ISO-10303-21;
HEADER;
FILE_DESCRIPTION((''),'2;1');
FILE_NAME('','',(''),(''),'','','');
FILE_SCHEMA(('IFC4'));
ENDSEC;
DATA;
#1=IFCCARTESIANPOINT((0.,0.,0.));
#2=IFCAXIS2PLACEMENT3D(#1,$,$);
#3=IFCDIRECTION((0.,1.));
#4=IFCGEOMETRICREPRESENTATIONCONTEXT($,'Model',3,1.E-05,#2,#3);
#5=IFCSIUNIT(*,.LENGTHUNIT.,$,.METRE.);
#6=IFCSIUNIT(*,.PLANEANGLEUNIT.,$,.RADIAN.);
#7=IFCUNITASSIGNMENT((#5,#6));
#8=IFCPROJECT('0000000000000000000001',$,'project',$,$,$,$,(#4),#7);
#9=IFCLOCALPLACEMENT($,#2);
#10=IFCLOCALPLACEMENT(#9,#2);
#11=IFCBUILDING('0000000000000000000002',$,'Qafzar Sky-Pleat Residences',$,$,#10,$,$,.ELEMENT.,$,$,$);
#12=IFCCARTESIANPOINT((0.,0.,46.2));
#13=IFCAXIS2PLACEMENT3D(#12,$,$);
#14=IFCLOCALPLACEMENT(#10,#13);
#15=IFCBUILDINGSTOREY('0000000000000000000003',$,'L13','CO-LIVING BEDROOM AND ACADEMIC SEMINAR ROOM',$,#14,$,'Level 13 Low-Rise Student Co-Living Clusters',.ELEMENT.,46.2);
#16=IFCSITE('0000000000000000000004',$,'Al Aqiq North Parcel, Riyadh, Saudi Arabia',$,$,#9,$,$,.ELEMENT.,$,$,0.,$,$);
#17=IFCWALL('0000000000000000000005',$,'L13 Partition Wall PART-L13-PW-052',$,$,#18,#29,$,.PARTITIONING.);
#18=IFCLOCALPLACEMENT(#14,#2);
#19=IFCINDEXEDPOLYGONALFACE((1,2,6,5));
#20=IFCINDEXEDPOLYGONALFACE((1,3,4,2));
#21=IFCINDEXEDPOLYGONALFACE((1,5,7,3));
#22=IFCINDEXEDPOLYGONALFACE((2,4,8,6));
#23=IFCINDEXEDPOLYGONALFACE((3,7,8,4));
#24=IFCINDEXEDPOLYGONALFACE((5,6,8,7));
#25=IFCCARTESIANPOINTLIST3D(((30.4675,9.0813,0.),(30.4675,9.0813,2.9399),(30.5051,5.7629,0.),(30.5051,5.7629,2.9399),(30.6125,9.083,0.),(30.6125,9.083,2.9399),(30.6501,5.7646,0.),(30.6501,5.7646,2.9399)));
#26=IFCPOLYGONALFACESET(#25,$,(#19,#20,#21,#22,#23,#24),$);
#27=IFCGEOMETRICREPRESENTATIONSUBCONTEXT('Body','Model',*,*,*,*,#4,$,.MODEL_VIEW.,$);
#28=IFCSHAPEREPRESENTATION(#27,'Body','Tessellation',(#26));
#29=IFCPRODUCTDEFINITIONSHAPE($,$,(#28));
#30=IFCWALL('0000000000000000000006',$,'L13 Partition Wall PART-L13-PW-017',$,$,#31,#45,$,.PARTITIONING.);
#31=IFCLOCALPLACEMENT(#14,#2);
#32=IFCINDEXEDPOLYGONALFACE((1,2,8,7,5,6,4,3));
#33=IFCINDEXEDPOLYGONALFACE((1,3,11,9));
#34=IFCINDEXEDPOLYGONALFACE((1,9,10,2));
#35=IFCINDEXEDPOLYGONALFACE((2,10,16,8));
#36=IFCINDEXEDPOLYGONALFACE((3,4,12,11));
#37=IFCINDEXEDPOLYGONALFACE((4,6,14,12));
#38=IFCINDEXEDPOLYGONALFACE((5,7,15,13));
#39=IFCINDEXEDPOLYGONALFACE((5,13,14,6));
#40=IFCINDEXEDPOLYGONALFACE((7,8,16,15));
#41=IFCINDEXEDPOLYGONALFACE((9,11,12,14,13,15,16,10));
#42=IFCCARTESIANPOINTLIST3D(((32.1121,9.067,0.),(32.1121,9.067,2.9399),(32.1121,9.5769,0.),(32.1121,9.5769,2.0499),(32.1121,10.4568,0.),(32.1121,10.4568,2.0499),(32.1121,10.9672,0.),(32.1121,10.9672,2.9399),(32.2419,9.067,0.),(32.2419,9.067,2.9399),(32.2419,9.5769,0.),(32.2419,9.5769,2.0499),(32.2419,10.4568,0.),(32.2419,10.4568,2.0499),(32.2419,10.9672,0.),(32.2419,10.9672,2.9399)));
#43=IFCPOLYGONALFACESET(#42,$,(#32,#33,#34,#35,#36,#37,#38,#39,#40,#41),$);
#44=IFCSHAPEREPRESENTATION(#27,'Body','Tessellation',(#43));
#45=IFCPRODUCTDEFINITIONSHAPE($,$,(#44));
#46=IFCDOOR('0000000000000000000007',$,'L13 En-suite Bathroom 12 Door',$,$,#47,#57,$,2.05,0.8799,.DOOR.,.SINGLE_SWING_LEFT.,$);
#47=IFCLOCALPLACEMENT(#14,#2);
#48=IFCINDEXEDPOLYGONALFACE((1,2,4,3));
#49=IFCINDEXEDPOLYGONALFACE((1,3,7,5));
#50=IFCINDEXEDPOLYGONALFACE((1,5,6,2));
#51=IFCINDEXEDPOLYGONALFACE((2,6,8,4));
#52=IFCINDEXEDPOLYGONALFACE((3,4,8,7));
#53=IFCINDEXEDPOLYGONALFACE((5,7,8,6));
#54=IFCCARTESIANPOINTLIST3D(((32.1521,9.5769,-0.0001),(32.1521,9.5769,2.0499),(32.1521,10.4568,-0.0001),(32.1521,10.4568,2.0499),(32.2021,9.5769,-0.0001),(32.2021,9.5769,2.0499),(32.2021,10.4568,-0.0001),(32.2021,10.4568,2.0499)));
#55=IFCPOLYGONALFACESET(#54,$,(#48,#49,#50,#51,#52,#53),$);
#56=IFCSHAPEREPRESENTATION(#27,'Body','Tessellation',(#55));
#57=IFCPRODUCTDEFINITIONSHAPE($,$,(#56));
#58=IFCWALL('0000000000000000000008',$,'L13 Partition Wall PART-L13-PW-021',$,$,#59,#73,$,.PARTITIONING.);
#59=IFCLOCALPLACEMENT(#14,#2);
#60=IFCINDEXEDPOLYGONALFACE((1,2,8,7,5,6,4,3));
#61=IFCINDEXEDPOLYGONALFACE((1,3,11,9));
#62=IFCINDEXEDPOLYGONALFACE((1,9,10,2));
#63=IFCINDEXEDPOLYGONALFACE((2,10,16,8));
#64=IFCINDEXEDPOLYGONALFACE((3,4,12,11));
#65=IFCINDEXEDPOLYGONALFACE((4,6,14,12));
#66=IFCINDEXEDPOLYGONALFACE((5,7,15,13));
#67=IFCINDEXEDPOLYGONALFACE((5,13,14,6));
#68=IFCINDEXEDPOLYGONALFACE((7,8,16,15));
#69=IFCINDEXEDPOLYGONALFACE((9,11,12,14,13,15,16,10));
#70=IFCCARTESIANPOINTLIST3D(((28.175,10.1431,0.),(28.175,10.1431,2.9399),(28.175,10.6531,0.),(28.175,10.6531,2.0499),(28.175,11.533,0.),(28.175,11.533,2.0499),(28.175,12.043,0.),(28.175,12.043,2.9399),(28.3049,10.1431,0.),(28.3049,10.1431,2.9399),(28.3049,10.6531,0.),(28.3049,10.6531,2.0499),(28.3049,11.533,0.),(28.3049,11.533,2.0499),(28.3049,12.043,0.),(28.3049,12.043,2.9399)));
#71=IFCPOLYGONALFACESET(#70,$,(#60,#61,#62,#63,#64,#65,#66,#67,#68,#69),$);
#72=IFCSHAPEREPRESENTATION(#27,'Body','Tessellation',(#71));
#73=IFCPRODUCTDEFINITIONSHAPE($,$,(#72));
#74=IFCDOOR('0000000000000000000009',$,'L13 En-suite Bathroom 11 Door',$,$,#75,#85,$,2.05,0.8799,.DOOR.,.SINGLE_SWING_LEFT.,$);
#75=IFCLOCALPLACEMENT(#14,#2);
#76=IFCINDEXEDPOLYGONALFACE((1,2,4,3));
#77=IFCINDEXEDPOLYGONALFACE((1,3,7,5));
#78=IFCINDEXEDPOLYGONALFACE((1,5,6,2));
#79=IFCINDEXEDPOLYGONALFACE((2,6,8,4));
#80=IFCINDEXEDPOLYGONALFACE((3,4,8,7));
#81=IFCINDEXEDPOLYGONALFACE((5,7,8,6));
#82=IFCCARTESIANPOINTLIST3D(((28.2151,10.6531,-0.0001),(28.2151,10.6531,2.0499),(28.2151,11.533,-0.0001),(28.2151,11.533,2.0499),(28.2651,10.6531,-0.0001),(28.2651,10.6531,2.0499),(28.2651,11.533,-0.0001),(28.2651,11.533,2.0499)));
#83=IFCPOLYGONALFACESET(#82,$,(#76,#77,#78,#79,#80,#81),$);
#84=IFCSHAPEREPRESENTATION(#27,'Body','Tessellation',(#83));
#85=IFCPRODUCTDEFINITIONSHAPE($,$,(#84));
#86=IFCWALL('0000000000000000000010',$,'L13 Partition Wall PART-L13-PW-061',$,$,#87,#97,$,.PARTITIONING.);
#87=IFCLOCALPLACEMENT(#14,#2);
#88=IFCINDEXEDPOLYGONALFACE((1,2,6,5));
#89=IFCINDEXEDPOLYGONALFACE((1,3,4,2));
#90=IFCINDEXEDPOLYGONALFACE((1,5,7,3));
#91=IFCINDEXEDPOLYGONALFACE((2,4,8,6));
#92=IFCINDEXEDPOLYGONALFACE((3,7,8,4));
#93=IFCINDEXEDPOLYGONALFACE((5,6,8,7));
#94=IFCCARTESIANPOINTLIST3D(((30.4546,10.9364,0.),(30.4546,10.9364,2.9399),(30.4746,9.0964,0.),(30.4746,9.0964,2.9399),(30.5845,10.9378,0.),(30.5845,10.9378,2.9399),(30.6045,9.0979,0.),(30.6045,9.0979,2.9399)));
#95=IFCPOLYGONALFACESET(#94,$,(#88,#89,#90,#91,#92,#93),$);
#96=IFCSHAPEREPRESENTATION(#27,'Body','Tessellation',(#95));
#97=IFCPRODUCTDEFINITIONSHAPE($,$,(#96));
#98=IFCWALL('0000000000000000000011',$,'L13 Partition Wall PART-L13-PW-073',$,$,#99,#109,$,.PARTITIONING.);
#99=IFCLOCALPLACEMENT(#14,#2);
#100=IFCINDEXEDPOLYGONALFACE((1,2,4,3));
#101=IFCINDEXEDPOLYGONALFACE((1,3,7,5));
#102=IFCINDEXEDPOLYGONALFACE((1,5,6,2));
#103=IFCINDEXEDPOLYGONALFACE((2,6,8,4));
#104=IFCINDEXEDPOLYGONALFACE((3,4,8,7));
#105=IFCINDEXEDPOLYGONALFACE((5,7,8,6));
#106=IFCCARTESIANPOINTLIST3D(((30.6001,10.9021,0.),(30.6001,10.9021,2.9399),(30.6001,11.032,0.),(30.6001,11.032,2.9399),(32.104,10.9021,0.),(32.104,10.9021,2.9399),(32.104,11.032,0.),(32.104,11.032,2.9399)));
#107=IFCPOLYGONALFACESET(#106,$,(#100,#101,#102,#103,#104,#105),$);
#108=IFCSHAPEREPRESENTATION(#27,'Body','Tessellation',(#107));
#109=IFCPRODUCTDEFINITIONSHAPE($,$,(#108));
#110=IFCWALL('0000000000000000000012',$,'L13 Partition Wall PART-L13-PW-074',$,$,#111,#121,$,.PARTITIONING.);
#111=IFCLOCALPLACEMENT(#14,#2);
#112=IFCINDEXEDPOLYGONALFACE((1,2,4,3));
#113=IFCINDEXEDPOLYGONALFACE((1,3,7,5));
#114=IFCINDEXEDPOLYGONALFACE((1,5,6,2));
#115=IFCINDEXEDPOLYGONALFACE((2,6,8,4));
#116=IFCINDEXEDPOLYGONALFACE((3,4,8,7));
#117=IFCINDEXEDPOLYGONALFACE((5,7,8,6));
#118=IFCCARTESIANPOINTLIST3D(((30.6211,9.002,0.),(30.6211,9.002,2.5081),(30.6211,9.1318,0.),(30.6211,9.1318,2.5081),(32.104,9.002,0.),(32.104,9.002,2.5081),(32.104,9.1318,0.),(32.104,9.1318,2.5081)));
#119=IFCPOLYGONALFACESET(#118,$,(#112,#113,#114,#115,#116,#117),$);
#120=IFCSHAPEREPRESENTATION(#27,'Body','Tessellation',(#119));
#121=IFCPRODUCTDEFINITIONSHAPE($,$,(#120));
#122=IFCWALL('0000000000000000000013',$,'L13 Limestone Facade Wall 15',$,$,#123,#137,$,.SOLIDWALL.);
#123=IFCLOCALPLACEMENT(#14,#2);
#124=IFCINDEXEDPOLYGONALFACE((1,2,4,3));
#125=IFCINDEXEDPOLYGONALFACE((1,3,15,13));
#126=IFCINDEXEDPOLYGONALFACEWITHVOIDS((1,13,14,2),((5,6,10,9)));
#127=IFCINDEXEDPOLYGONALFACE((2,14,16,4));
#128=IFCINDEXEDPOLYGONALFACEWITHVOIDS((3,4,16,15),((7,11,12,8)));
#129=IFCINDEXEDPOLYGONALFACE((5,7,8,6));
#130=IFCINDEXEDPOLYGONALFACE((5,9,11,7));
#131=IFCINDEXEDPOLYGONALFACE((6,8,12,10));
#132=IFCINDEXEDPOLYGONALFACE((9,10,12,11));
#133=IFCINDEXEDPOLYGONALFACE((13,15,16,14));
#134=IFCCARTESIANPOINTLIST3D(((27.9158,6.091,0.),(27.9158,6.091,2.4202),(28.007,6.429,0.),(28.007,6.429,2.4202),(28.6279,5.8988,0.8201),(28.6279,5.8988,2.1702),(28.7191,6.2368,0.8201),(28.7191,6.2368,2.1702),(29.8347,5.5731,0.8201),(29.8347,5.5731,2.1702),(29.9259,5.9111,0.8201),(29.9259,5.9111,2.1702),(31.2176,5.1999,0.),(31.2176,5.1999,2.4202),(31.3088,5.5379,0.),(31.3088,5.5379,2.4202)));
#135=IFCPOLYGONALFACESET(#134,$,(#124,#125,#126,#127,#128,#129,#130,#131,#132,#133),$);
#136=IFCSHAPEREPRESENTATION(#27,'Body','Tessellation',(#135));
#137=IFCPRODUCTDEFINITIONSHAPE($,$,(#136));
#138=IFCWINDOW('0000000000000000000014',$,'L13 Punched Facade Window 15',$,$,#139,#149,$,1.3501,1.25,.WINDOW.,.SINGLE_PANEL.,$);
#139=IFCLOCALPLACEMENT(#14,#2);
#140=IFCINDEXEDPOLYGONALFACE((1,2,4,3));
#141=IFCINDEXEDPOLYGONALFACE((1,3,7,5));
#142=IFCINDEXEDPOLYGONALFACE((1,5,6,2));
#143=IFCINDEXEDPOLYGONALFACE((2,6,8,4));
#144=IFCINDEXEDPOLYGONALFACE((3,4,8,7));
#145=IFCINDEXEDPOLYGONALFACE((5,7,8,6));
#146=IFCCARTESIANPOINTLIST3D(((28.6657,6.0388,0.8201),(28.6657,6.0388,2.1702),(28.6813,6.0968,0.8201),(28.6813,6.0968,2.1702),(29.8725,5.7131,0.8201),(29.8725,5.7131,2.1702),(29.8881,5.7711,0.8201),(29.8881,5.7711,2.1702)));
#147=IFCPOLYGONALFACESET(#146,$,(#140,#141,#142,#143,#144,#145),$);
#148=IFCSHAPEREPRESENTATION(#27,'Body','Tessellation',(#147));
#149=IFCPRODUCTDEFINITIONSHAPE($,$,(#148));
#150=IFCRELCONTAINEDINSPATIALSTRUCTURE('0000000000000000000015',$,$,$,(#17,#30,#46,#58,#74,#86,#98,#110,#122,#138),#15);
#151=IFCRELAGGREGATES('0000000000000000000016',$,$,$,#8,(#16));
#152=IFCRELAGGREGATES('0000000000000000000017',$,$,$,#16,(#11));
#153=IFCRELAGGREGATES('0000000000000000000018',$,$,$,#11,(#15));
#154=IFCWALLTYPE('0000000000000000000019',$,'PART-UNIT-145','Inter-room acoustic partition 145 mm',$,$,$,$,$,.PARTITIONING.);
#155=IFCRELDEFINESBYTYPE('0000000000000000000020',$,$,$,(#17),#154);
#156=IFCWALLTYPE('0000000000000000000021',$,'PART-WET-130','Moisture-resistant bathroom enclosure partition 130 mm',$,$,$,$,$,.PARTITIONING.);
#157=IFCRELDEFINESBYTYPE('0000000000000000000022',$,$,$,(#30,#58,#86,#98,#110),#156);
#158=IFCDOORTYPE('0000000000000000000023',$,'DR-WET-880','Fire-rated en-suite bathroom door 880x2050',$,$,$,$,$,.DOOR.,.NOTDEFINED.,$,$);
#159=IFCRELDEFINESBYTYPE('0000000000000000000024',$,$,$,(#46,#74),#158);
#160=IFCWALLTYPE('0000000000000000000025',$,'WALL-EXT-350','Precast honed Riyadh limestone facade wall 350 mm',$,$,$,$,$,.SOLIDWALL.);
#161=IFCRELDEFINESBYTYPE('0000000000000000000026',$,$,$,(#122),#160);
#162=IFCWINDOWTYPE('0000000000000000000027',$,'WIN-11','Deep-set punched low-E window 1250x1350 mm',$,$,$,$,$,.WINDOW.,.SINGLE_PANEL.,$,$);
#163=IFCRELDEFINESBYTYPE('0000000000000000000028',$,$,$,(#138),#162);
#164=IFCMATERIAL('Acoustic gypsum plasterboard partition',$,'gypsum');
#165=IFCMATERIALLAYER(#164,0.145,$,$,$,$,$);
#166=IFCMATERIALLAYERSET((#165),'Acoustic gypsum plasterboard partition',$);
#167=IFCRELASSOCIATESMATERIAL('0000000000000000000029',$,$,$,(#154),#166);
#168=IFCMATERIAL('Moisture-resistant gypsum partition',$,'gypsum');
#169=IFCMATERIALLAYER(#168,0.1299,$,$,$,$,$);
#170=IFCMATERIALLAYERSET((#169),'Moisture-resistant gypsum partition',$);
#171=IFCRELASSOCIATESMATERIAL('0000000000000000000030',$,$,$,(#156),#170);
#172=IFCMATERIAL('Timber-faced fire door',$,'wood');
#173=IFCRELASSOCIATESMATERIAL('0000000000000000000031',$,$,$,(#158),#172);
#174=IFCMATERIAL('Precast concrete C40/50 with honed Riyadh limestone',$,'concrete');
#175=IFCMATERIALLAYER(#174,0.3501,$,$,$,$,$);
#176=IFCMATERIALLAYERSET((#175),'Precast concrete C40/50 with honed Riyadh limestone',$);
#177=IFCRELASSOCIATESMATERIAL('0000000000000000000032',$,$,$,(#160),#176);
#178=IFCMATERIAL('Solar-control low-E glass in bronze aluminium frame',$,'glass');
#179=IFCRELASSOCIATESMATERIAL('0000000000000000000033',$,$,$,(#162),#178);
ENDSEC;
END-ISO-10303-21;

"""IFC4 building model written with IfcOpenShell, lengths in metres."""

from ifc_helpers import new_model, si_unit, direction, frame, frame_2d, origin, place, context, subcontext, project, spatial, rectangle, extrude, source, transform, mapped, material, layer, layer_set, type_object, element, fill, save


model = new_model("IFC4")

# Units and contexts
model_context = context("Model", 3, precision=1e-05, world=origin(), true_north=direction((0.0, 1.0)))
body_context = subcontext(model_context, "Body", "Model", "MODEL_VIEW")
ifc_project = project(units=[si_unit("LENGTHUNIT", "METRE"), si_unit("PLANEANGLEUNIT", "RADIAN")], contexts=[model_context])

# Site, building, storey
site_placement = place(None, origin())
site = spatial("IfcSite", under=ifc_project, at=site_placement, Name="Al Aqiq North Parcel, Riyadh, Saudi Arabia", CompositionType="ELEMENT", RefElevation=0.0)
building_placement = place(site_placement, origin())
building = spatial("IfcBuilding", under=site, at=building_placement, Name="Qafzar Sky-Pleat Residences", CompositionType="ELEMENT")
storey_placement = place(building_placement, frame((0.0, 0.0, 46.2)))
storey = spatial("IfcBuildingStorey", under=building, at=storey_placement, Name="L13", Description="CO-LIVING BEDROOM AND ACADEMIC SEMINAR ROOM", LongName="Level 13 Low-Rise Student Co-Living Clusters", CompositionType="ELEMENT", Elevation=46.2)

# Shared definitions
ifc_material_1 = material(Name="Acoustic gypsum plasterboard partition", Category="gypsum")
ifc_material_2 = material(Name="Timber-faced fire door", Category="wood")

# Wall
ifc_layer_1 = layer(ifc_material_1, 0.145)
ifc_layer_set_1 = layer_set([ifc_layer_1], Name="Acoustic gypsum plasterboard partition")
wall_type_1 = type_object("IfcWallType", Name="PART-UNIT-145", Description="Inter-room acoustic partition 145 mm", PredefinedType="PARTITIONING", material=ifc_layer_set_1)
wall_1_placement = place(storey_placement, frame((30.54, 9.082, 0.0), z_axis=(0.0, 0.0, 1.0), x_axis=(0.011329, -0.999936, 0.0)))
element("IfcWall", 1, at=wall_1_placement, inside=storey, type_object=wall_type_1, Name="L13 Partition Wall PART-L13-PW-052", PredefinedType="PARTITIONING", context=body_context, shape_type="SweptSolid", body=[
    extrude(rectangle(XDim=3.3186, YDim=0.145, at=frame_2d((1.6592, 0.0))), origin(), (0.0, 0.0, 1.0), 2.9399),
])

# Walls, openings, doors
ifc_material_3 = material(Name="Moisture-resistant gypsum partition", Category="gypsum")
ifc_layer_2 = layer(ifc_material_3, 0.1299)
ifc_layer_set_2 = layer_set([ifc_layer_2], Name="Moisture-resistant gypsum partition")
wall_type_2 = type_object("IfcWallType", Name="PART-WET-130", Description="Moisture-resistant bathroom enclosure partition 130 mm", PredefinedType="PARTITIONING", material=ifc_layer_set_2)
wall_2_placement = place(storey_placement, frame((32.177, 9.0669, 0.0), z_axis=(0.0, 0.0, 1.0), x_axis=(0.0, 1.0, 0.0)))
wall_2 = element("IfcWall", 2, at=wall_2_placement, inside=storey, type_object=wall_type_2, Name="L13 Partition Wall PART-L13-PW-017", PredefinedType="PARTITIONING", context=body_context, shape_type="SweptSolid", body=[
    extrude(rectangle(XDim=1.9001, YDim=0.1299, at=frame_2d((0.9502, 0.0))), origin(), (0.0, 0.0, 1.0), 2.9399),
])
opening_1_placement = place(wall_2_placement, frame((0.51, 0.0, 0.0)))
opening_1 = element("IfcOpeningElement", 3, at=opening_1_placement, cuts=wall_2, PredefinedType="OPENING", context=body_context, shape_type="SweptSolid", body=[
    extrude(rectangle(XDim=0.8799, YDim=2.05, at=frame_2d((0.4399, 1.0249))), frame((0.0, 0.075, 0.0), z_axis=(0.0, -1.0, 0.0), x_axis=(1.0, 0.0, 0.0)), (0.0, 0.0, 1.0), 0.1499),
])
door_type_1 = type_object("IfcDoorType", Name="DR-WET-880", Description="Fire-rated en-suite bathroom door 880x2050", OperationType="NOTDEFINED", PredefinedType="DOOR", material=ifc_material_2)
shared_shape_1 = source(origin(), body_context, "Body", "SweptSolid", [
    extrude(rectangle(XDim=0.8799, YDim=2.05, at=frame_2d((0.4399, 1.0249))), frame((0.0, 0.0249, 0.0), z_axis=(0.0, -1.0, 0.0), x_axis=(1.0, 0.0, 0.0)), (0.0, 0.0, 1.0), 0.05),
])
door_1_placement = place(opening_1_placement, origin())
door_1 = element("IfcDoor", 4, at=door_1_placement, inside=storey, type_object=door_type_1, Name="L13 En-suite Bathroom 12 Door", OperationType="SINGLE_SWING_LEFT", OverallHeight=2.05, OverallWidth=0.8799, PredefinedType="DOOR", context=body_context, shape_type="MappedRepresentation", body=[
    mapped(shared_shape_1, transform((0.0, 0.0, 0.0), x_axis=(1.0, 0.0, 0.0), y_axis=(0.0, 1.0, 0.0), z_axis=(0.0, 0.0, 1.0), scale=1.0)),
])
fill(opening_1, door_1)
wall_3_placement = place(storey_placement, frame((28.24, 10.1431, 0.0), z_axis=(0.0, 0.0, 1.0), x_axis=(0.0, 1.0, 0.0)))
wall_3 = element("IfcWall", 5, at=wall_3_placement, inside=storey, type_object=wall_type_2, Name="L13 Partition Wall PART-L13-PW-021", PredefinedType="PARTITIONING", context=body_context, shape_type="SweptSolid", body=[
    extrude(rectangle(XDim=1.8999, YDim=0.1299, at=frame_2d((0.95, 0.0))), origin(), (0.0, 0.0, 1.0), 2.9399),
])
opening_2_placement = place(wall_3_placement, frame((0.51, 0.0, 0.0)))
opening_2 = element("IfcOpeningElement", 6, at=opening_2_placement, cuts=wall_3, PredefinedType="OPENING", context=body_context, shape_type="SweptSolid", body=[
    extrude(rectangle(XDim=0.8799, YDim=2.05, at=frame_2d((0.4399, 1.0249))), frame((0.0, 0.075, 0.0), z_axis=(0.0, -1.0, 0.0), x_axis=(1.0, 0.0, 0.0)), (0.0, 0.0, 1.0), 0.1499),
])
door_2_placement = place(opening_2_placement, origin())
door_2 = element("IfcDoor", 7, at=door_2_placement, inside=storey, type_object=door_type_1, Name="L13 En-suite Bathroom 11 Door", OperationType="SINGLE_SWING_LEFT", OverallHeight=2.05, OverallWidth=0.8799, PredefinedType="DOOR", context=body_context, shape_type="MappedRepresentation", body=[
    mapped(shared_shape_1, transform((0.0, 0.0, 0.0), x_axis=(1.0, 0.0, 0.0), y_axis=(0.0, 1.0, 0.0), z_axis=(0.0, 0.0, 1.0), scale=1.0)),
])
fill(opening_2, door_2)

# Walls
wall_4_placement = place(storey_placement, frame((30.5195, 10.937, 0.0), z_axis=(0.0, 0.0, 1.0), x_axis=(0.010879, -0.999941, 0.0)))
element("IfcWall", 8, at=wall_4_placement, inside=storey, type_object=wall_type_2, Name="L13 Partition Wall PART-L13-PW-061", PredefinedType="PARTITIONING", context=body_context, shape_type="SweptSolid", body=[
    extrude(rectangle(XDim=1.8401, YDim=0.1299, at=frame_2d((0.9199, 0.0))), origin(), (0.0, 0.0, 1.0), 2.9399),
])
wall_5_placement = place(storey_placement, frame((30.6001, 10.967, 0.0), z_axis=(0.0, 0.0, 1.0), x_axis=(1.0, 0.0, 0.0)))
element("IfcWall", 9, at=wall_5_placement, inside=storey, type_object=wall_type_2, Name="L13 Partition Wall PART-L13-PW-073", PredefinedType="PARTITIONING", context=body_context, shape_type="SweptSolid", body=[
    extrude(rectangle(XDim=1.5039, YDim=0.1299, at=frame_2d((0.752, 0.0))), origin(), (0.0, 0.0, 1.0), 2.9399),
])
wall_6_placement = place(storey_placement, frame((30.6211, 9.0669, 0.0), z_axis=(0.0, 0.0, 1.0), x_axis=(1.0, 0.0, 0.0)))
element("IfcWall", 10, at=wall_6_placement, inside=storey, type_object=wall_type_2, Name="L13 Partition Wall PART-L13-PW-074", PredefinedType="PARTITIONING", context=body_context, shape_type="SweptSolid", body=[
    extrude(rectangle(XDim=1.4829, YDim=0.1299, at=frame_2d((0.7415, 0.0))), origin(), (0.0, 0.0, 1.0), 2.5081),
])

# Wall, opening, window
ifc_material_4 = material(Name="Precast concrete C40/50 with honed Riyadh limestone", Category="concrete")
ifc_layer_3 = layer(ifc_material_4, 0.3501)
ifc_layer_set_3 = layer_set([ifc_layer_3], Name="Precast concrete C40/50 with honed Riyadh limestone")
wall_type_3 = type_object("IfcWallType", Name="WALL-EXT-350", Description="Precast honed Riyadh limestone facade wall 350 mm", PredefinedType="SOLIDWALL", material=ifc_layer_set_3)
wall_7_placement = place(storey_placement, frame((27.9614, 6.26, 0.0), z_axis=(0.0, 0.0, 1.0), x_axis=(0.965456, -0.260567, 0.0)))
wall_7 = element("IfcWall", 11, at=wall_7_placement, inside=storey, type_object=wall_type_3, Name="L13 Limestone Facade Wall 15", PredefinedType="SOLIDWALL", context=body_context, shape_type="SweptSolid", body=[
    extrude(rectangle(XDim=3.4199, YDim=0.3501, at=frame_2d((1.71, 0.0))), origin(), (0.0, 0.0, 1.0), 2.4202),
])
opening_3_placement = place(wall_7_placement, frame((0.7375, 0.0, 0.8201)))
opening_3 = element("IfcOpeningElement", 12, at=opening_3_placement, cuts=wall_7, PredefinedType="OPENING", context=body_context, shape_type="SweptSolid", body=[
    extrude(rectangle(XDim=1.25, YDim=1.3501, at=frame_2d((0.625, 0.675))), frame((0.0, 0.1851, 0.0), z_axis=(0.0, -1.0, 0.0), x_axis=(1.0, 0.0, 0.0)), (0.0, 0.0, 1.0), 0.3701),
])
ifc_material_5 = material(Name="Solar-control low-E glass in bronze aluminium frame", Category="glass")
window_type_1 = type_object("IfcWindowType", Name="WIN-11", Description="Deep-set punched low-E window 1250x1350 mm", PartitioningType="SINGLE_PANEL", PredefinedType="WINDOW", material=ifc_material_5)
shared_shape_2 = source(origin(), body_context, "Body", "SweptSolid", [
    extrude(rectangle(XDim=1.25, YDim=1.3501, at=frame_2d((0.625, 0.675))), frame((0.0, 0.03, 0.0), z_axis=(0.0, -1.0, 0.0), x_axis=(1.0, 0.0, 0.0)), (0.0, 0.0, 1.0), 0.0601),
])
window_1_placement = place(opening_3_placement, origin())
window_1 = element("IfcWindow", 13, at=window_1_placement, inside=storey, type_object=window_type_1, Name="L13 Punched Facade Window 15", OverallHeight=1.3501, OverallWidth=1.25, PartitioningType="SINGLE_PANEL", PredefinedType="WINDOW", context=body_context, shape_type="MappedRepresentation", body=[
    mapped(shared_shape_2, transform((0.0, 0.0, 0.0), x_axis=(1.0, 0.0, 0.0), y_axis=(0.0, 1.0, 0.0), z_axis=(0.0, 0.0, 1.0), scale=1.0)),
])
fill(opening_3, window_1)

save(model, "model.ifc")
